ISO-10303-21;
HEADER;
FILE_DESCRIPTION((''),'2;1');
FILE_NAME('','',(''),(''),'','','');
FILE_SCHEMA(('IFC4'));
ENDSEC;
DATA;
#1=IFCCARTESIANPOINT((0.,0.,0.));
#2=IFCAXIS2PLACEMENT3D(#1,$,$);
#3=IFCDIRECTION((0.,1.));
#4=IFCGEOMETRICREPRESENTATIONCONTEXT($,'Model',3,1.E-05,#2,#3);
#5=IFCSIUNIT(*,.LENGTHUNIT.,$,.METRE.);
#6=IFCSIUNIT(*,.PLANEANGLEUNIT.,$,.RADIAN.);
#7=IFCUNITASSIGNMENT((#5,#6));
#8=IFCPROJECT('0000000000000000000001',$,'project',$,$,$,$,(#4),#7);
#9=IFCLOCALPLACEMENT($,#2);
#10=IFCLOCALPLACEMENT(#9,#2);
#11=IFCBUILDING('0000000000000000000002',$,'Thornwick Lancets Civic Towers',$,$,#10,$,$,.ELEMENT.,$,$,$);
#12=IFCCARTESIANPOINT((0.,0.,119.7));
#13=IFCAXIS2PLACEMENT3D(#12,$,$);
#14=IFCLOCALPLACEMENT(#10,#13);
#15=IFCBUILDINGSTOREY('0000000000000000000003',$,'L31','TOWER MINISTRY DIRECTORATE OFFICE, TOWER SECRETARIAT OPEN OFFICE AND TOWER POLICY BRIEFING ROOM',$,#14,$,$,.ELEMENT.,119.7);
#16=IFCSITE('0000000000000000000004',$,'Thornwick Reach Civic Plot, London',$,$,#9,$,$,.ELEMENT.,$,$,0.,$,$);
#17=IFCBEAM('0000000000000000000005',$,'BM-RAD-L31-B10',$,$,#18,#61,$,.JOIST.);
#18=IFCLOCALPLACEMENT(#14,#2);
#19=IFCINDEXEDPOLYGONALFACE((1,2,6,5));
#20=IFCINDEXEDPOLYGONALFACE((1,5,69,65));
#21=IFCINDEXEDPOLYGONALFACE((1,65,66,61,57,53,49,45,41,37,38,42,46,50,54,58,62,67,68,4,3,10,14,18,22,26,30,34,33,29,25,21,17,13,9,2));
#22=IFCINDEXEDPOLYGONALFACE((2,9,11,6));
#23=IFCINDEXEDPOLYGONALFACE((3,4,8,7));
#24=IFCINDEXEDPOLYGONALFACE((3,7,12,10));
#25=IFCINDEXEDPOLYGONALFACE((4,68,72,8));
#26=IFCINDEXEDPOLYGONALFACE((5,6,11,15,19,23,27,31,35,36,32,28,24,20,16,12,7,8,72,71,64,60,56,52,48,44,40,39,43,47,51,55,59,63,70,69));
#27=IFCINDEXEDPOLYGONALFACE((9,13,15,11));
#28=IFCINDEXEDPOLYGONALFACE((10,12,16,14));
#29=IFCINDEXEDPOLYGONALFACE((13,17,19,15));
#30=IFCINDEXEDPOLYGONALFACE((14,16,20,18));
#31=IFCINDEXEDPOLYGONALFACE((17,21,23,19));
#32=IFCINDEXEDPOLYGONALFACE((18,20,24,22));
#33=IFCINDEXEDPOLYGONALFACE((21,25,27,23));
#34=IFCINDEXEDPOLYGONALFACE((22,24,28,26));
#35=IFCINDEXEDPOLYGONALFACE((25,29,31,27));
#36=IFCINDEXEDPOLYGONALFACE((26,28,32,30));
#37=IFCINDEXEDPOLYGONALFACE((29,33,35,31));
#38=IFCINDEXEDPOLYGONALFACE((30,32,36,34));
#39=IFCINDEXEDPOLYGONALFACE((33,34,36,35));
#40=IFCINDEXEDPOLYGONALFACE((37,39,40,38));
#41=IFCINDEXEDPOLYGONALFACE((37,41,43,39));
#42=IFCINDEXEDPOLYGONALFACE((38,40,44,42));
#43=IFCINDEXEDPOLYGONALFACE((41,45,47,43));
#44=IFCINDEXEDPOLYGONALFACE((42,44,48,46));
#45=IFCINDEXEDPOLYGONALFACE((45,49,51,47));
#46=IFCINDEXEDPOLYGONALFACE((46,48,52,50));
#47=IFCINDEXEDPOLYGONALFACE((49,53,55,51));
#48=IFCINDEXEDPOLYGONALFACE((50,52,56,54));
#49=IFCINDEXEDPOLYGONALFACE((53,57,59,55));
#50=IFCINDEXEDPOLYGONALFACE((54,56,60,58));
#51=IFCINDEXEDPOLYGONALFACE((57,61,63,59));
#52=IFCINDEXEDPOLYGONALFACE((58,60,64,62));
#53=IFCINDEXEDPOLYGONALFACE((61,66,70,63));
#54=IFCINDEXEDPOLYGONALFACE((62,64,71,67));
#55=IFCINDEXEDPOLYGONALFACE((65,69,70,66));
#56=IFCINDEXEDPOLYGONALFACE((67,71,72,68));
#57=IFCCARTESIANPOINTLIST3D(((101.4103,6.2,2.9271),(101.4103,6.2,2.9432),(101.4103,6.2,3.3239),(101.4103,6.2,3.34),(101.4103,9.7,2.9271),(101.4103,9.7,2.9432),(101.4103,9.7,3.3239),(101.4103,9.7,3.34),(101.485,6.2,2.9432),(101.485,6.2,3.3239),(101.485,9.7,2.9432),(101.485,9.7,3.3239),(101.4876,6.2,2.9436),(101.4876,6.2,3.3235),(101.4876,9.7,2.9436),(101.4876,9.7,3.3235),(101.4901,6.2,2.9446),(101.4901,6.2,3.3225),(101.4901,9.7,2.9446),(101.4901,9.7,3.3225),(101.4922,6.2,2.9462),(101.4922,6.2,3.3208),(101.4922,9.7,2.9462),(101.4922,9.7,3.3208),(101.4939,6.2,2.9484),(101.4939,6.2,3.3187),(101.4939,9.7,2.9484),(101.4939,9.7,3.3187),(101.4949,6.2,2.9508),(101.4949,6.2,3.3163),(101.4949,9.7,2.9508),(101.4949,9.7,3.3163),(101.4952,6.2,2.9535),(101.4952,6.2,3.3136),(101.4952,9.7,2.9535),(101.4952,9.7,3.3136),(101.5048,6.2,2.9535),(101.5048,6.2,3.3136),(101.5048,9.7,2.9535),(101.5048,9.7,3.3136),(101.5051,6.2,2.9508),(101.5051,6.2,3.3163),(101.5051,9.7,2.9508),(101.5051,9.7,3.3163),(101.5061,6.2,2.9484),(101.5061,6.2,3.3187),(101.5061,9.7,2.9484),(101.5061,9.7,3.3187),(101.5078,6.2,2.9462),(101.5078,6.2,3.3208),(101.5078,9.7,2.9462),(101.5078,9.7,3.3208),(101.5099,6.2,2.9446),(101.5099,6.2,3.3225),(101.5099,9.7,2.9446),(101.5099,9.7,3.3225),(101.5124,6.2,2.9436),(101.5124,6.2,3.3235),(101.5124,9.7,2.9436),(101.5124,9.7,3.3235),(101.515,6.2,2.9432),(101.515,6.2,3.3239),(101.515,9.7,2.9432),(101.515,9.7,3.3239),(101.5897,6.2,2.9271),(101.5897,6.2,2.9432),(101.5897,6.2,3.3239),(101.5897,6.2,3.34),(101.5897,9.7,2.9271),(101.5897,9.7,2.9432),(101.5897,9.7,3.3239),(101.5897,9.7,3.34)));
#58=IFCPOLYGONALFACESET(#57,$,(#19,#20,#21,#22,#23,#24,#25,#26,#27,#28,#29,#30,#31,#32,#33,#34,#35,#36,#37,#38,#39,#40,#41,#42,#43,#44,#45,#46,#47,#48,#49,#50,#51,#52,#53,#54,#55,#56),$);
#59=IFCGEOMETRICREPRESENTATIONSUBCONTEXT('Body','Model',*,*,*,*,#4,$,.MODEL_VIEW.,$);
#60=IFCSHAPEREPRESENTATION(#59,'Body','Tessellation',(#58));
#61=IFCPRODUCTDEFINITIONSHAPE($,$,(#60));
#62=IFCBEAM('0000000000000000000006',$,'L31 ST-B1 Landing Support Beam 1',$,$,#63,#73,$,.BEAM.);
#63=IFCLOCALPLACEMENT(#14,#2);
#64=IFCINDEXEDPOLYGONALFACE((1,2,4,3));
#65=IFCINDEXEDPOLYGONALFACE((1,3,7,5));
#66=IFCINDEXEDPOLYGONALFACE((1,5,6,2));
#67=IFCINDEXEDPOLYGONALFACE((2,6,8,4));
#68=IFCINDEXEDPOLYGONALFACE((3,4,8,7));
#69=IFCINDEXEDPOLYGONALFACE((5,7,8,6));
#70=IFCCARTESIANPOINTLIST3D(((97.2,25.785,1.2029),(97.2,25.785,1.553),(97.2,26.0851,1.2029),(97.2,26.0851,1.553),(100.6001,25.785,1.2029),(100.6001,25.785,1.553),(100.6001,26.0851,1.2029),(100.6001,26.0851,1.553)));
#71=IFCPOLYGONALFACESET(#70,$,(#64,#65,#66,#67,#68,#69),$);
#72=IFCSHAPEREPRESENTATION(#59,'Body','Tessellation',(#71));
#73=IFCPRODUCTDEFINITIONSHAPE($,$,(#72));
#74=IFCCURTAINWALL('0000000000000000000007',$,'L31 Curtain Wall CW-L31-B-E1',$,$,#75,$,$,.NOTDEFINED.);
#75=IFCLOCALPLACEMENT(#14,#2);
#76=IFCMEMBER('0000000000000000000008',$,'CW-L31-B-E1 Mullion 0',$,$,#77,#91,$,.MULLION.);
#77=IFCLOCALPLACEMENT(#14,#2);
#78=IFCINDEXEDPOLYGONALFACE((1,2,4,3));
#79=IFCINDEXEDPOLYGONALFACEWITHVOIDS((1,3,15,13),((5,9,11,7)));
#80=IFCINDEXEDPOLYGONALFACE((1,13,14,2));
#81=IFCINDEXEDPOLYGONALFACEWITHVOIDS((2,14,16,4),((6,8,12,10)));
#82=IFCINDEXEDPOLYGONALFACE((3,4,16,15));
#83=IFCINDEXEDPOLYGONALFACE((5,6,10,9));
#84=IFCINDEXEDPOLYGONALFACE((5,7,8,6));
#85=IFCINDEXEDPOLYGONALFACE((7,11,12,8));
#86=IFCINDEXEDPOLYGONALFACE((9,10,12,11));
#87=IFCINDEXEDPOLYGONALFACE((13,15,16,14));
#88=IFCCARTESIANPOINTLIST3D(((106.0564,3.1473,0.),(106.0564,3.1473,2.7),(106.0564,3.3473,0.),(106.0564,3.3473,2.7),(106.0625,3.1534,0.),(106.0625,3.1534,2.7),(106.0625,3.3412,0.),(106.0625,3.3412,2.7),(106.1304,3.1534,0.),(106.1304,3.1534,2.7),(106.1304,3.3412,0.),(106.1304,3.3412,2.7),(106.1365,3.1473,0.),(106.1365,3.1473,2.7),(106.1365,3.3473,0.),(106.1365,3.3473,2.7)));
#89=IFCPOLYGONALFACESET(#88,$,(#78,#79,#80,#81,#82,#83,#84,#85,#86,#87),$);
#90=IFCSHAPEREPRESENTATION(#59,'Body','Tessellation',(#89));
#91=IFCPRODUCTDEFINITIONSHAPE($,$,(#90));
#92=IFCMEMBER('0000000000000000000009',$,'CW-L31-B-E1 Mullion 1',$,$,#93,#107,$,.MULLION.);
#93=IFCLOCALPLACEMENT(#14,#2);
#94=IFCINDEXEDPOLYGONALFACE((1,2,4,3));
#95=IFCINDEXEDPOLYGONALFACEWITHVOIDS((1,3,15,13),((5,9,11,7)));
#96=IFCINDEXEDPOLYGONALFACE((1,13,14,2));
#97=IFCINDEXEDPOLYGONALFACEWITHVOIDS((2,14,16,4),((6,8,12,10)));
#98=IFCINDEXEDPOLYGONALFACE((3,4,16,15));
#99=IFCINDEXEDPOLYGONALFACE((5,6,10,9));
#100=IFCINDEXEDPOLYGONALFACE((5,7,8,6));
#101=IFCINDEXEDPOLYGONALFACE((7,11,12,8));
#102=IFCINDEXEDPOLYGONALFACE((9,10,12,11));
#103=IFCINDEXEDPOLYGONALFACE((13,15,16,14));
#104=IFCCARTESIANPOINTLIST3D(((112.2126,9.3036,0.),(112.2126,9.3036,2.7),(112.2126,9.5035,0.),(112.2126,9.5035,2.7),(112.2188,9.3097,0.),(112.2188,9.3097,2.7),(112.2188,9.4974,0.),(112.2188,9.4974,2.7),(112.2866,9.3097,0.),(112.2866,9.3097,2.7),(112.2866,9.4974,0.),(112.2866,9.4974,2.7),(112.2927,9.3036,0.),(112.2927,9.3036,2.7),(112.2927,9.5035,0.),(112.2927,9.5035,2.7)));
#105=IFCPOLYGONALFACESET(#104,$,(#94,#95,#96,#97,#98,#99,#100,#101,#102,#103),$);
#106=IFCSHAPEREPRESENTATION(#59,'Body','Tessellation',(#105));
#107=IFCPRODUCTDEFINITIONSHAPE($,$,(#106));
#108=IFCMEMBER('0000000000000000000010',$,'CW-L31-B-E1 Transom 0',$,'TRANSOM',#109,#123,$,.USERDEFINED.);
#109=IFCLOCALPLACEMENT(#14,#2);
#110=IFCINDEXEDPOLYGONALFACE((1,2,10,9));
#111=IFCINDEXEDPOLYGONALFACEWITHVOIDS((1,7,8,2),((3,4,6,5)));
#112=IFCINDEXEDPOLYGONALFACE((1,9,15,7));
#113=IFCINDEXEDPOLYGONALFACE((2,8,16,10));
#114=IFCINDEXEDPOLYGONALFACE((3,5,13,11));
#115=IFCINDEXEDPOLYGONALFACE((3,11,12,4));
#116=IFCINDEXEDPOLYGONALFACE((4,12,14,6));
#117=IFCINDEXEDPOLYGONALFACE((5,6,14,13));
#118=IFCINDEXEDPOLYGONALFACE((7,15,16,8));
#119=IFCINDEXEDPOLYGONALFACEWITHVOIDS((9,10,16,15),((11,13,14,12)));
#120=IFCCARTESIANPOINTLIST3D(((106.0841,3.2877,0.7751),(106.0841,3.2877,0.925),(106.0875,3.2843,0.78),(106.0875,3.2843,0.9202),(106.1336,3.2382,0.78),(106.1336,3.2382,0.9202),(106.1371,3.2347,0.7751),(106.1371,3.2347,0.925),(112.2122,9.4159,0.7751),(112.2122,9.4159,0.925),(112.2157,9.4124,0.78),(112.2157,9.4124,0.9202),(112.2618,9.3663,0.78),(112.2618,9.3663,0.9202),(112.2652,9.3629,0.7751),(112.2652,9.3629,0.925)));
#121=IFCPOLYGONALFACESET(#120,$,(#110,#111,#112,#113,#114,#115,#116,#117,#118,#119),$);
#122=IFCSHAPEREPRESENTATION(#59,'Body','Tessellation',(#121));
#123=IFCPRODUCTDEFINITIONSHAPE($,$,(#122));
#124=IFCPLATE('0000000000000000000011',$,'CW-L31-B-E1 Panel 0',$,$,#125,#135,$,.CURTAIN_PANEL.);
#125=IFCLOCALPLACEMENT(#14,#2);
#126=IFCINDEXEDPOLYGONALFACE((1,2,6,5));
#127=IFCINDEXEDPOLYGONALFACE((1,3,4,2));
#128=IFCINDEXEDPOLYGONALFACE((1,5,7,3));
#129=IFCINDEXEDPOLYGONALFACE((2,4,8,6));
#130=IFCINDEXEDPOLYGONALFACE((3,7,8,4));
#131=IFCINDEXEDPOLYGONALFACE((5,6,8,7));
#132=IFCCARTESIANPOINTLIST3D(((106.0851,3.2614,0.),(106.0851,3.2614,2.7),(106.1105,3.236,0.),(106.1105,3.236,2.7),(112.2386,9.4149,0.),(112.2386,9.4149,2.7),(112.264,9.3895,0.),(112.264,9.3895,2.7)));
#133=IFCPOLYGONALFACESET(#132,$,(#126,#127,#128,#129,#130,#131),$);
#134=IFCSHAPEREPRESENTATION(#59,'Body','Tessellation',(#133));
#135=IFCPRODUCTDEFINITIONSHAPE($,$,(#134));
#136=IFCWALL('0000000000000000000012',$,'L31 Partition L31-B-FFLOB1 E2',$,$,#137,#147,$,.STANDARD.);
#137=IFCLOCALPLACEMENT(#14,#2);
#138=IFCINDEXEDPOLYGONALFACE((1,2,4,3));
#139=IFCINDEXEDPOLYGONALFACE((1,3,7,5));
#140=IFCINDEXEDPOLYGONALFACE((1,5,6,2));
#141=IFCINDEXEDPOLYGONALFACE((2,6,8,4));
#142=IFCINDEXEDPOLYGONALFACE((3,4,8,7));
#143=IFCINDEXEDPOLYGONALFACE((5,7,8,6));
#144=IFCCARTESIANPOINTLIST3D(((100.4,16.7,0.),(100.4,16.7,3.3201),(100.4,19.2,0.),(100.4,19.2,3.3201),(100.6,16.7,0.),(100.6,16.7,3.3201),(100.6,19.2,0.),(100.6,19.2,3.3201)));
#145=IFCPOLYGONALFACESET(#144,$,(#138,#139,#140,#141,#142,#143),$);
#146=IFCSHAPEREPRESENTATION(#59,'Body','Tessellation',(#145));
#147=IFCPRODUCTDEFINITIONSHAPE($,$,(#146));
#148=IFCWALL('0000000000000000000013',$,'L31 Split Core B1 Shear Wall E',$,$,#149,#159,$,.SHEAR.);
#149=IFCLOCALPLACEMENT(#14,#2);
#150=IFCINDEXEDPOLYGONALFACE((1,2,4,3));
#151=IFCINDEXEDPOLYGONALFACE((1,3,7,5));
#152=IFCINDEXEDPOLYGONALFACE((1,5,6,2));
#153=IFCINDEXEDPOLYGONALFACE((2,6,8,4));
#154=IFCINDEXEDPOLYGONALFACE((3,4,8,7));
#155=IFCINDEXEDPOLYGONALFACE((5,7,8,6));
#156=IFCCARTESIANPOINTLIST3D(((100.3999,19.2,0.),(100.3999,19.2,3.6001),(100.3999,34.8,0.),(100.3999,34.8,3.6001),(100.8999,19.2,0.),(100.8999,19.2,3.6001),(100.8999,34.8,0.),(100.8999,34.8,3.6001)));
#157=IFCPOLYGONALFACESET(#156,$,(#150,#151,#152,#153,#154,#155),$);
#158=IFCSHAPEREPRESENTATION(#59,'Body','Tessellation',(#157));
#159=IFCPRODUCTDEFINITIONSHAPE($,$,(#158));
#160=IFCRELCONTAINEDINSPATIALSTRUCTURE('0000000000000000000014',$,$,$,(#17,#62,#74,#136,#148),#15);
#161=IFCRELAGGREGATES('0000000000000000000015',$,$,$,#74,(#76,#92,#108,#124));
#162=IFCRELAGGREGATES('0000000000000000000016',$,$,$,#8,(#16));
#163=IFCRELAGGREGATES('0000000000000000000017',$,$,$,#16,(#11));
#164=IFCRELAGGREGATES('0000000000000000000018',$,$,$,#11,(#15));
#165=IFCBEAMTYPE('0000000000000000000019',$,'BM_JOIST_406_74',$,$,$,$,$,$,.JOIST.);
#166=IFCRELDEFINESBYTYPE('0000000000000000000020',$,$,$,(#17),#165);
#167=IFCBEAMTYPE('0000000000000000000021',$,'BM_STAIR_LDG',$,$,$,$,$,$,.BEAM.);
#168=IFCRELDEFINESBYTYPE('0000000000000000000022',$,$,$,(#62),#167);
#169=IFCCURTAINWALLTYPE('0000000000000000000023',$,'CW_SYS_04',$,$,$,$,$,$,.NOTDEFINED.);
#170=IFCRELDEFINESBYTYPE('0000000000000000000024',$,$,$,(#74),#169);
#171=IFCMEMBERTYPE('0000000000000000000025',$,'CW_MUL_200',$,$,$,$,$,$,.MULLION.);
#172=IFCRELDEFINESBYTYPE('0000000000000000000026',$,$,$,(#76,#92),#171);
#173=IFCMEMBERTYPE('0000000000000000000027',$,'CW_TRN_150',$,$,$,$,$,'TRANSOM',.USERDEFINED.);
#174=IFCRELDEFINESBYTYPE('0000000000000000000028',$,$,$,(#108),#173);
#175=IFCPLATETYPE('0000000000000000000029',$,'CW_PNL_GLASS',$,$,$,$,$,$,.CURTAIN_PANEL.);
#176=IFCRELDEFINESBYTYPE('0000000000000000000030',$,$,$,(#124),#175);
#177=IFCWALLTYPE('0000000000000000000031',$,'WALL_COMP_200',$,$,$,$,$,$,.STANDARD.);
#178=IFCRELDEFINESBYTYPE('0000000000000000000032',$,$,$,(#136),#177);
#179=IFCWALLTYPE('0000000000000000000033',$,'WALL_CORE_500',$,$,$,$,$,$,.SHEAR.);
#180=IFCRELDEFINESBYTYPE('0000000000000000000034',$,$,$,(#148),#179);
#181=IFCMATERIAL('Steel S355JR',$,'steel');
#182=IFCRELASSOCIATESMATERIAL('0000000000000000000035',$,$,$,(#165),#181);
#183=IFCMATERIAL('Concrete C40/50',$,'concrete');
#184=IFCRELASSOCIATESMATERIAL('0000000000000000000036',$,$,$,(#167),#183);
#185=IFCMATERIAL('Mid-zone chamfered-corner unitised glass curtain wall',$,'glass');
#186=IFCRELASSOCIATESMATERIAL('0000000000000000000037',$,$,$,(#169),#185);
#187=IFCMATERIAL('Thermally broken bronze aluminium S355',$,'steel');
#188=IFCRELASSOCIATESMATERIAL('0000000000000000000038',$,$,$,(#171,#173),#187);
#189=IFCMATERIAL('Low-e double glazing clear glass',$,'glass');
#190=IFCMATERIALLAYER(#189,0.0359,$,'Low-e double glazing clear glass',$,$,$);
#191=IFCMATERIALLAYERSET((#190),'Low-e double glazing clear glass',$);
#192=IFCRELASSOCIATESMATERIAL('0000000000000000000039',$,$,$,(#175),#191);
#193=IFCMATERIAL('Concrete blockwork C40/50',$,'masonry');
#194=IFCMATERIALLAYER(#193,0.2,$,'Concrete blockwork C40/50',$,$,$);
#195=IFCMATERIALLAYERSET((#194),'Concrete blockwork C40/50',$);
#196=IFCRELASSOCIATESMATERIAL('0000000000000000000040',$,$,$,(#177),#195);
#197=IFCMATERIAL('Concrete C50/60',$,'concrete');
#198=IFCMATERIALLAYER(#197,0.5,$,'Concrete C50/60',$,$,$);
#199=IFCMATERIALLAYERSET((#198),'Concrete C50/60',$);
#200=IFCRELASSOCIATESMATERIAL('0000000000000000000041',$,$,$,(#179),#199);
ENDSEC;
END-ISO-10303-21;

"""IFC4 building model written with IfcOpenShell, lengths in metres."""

from ifc_helpers import new_model, si_unit, direction, frame, frame_2d, origin, origin_2d, place, context, subcontext, project, spatial, rectangle, hollow_rectangle, i_section, extrude, material, layer, layer_set, material_profile, profile_set, type_object, element, aggregate, save


model = new_model("IFC4")

# Units and contexts
model_context = context("Model", 3, precision=1e-05, world=origin(), true_north=direction((0.0, 1.0)))
body_context = subcontext(model_context, "Body", "Model", "MODEL_VIEW")
ifc_project = project(units=[si_unit("LENGTHUNIT", "METRE"), si_unit("PLANEANGLEUNIT", "RADIAN")], contexts=[model_context])

# Site, building, storey
site_placement = place(None, origin())
site = spatial("IfcSite", under=ifc_project, at=site_placement, Name="Thornwick Reach Civic Plot, London", CompositionType="ELEMENT", RefElevation=0.0)
building_placement = place(site_placement, origin())
building = spatial("IfcBuilding", under=site, at=building_placement, Name="Thornwick Lancets Civic Towers", CompositionType="ELEMENT")
storey_placement = place(building_placement, frame((0.0, 0.0, 119.7)))
storey = spatial("IfcBuildingStorey", under=building, at=storey_placement, Name="L31", Description="TOWER MINISTRY DIRECTORATE OFFICE, TOWER SECRETARIAT OPEN OFFICE AND TOWER POLICY BRIEFING ROOM", CompositionType="ELEMENT", Elevation=119.7)

# Beams
ifc_material_1 = material(Name="Steel S355JR", Category="steel")
ifc_material_profile_1 = material_profile(ifc_material_1, i_section(OverallWidth=0.1794, OverallDepth=0.4128, WebThickness=0.0095, FlangeThickness=0.0161, FilletRadius=0.0103, at=origin_2d()), Name="UKB 406x178x74")
ifc_profile_set_1 = profile_set([ifc_material_profile_1], Name="Steel S355JR")
beam_type_1 = type_object("IfcBeamType", Name="BM_JOIST_406_74", PredefinedType="JOIST", material=ifc_profile_set_1)
for number, where, z_axis, x_axis, name in (
    (1, (101.5, 9.7, 3.1335), (0.0, -1.0, 0.0), (1.0, 0.0, 0.0), "BM-RAD-L31-B10"),
):
    element("IfcBeam", number, at=place(storey_placement, frame(where, z_axis=z_axis, x_axis=x_axis)), inside=storey, type_object=beam_type_1, Name=name, PredefinedType="JOIST", context=body_context, shape_type="SweptSolid", body=[
        extrude(i_section(OverallWidth=0.1794, OverallDepth=0.4128, WebThickness=0.0095, FlangeThickness=0.0161, FilletRadius=0.0103, at=origin_2d()), origin(), (0.0, 0.0, 1.0), 3.5),
    ])
ifc_material_2 = material(Name="Concrete C40/50", Category="concrete")
ifc_material_profile_2 = material_profile(ifc_material_2, rectangle(XDim=0.3, YDim=0.3501, at=origin_2d()), Name="RC 300x350")
ifc_profile_set_2 = profile_set([ifc_material_profile_2], Name="Concrete C40/50")
beam_type_2 = type_object("IfcBeamType", Name="BM_STAIR_LDG", PredefinedType="BEAM", material=ifc_profile_set_2)
beam_placement = place(storey_placement, frame((100.6001, 25.9351, 1.3779), z_axis=(-1.0, 0.0, 0.0), x_axis=(0.0, -1.0, 0.0)))
element("IfcBeam", 2, at=beam_placement, inside=storey, type_object=beam_type_2, Name="L31 ST-B1 Landing Support Beam 1", PredefinedType="BEAM", context=body_context, shape_type="SweptSolid", body=[
    extrude(rectangle(XDim=0.3, YDim=0.3501, at=origin_2d()), origin(), (0.0, 0.0, 1.0), 3.4001),
])

# Curtain wall, members, plate
ifc_material_3 = material(Name="Mid-zone chamfered-corner unitised glass curtain wall", Category="glass")
curtain_wall_type = type_object("IfcCurtainWallType", Name="CW_SYS_04", PredefinedType="NOTDEFINED", material=ifc_material_3)
curtain_wall_placement = place(storey_placement, origin())
curtain_wall = element("IfcCurtainWall", 3, at=curtain_wall_placement, inside=storey, type_object=curtain_wall_type, Name="L31 Curtain Wall CW-L31-B-E1", PredefinedType="NOTDEFINED")
ifc_material_4 = material(Name="Thermally broken bronze aluminium S355", Category="steel")
ifc_material_profile_3 = material_profile(ifc_material_4, hollow_rectangle(XDim=0.0801, YDim=0.2, WallThickness=0.0061, at=origin_2d()), Name="RHS 200x80x6")
ifc_profile_set_3 = profile_set([ifc_material_profile_3], Name="Thermally broken bronze aluminium S355")
member_type_1 = type_object("IfcMemberType", Name="CW_MUL_200", PredefinedType="MULLION", material=ifc_profile_set_3)
member_1_placement = place(storey_placement, frame((106.0964, 3.2473, 0.0), z_axis=(0.0, 0.0, 1.0), x_axis=(1.0, 0.0, 0.0)))
member_1 = element("IfcMember", 4, at=member_1_placement, type_object=member_type_1, Name="CW-L31-B-E1 Mullion 0", PredefinedType="MULLION", context=body_context, shape_type="SweptSolid", body=[
    extrude(hollow_rectangle(XDim=0.0801, YDim=0.2, WallThickness=0.0061, at=origin_2d()), origin(), (0.0, 0.0, 1.0), 2.7),
])
member_2_placement = place(storey_placement, frame((112.2527, 9.4036, 0.0), z_axis=(0.0, 0.0, 1.0), x_axis=(1.0, 0.0, 0.0)))
member_2 = element("IfcMember", 5, at=member_2_placement, type_object=member_type_1, Name="CW-L31-B-E1 Mullion 1", PredefinedType="MULLION", context=body_context, shape_type="SweptSolid", body=[
    extrude(hollow_rectangle(XDim=0.0801, YDim=0.2, WallThickness=0.0061, at=origin_2d()), origin(), (0.0, 0.0, 1.0), 2.7),
])
ifc_material_profile_4 = material_profile(ifc_material_4, hollow_rectangle(XDim=0.075, YDim=0.1499, WallThickness=0.0049, at=origin_2d()), Name="RHS 150x75x5")
ifc_profile_set_4 = profile_set([ifc_material_profile_4], Name="Thermally broken bronze aluminium S355")
member_type_2 = type_object("IfcMemberType", Name="CW_TRN_150", ElementType="TRANSOM", PredefinedType="USERDEFINED", material=ifc_profile_set_4)
member_3_placement = place(storey_placement, frame((106.1106, 3.2612, 0.8501), z_axis=(0.707107, 0.707107, 0.0), x_axis=(-0.707107, 0.707107, 0.0)))
member_3 = element("IfcMember", 6, at=member_3_placement, type_object=member_type_2, Name="CW-L31-B-E1 Transom 0", ObjectType="TRANSOM", PredefinedType="USERDEFINED", context=body_context, shape_type="SweptSolid", body=[
    extrude(hollow_rectangle(XDim=0.075, YDim=0.1499, WallThickness=0.0049, at=origin_2d()), origin(), (0.0, 0.0, 1.0), 8.6665),
])
ifc_material_5 = material(Name="Low-e double glazing clear glass", Category="glass")
ifc_layer_1 = layer(ifc_material_5, 0.0359, Name="Low-e double glazing clear glass")
ifc_layer_set_1 = layer_set([ifc_layer_1], Name="Low-e double glazing clear glass")
plate_type = type_object("IfcPlateType", Name="CW_PNL_GLASS", PredefinedType="CURTAIN_PANEL", material=ifc_layer_set_1)
plate_placement = place(storey_placement, frame((109.1746, 6.3254, 0.0), z_axis=(0.0, 0.0, 1.0), x_axis=(0.707107, 0.707107, 0.0)))
plate = element("IfcPlate", 7, at=plate_placement, type_object=plate_type, Name="CW-L31-B-E1 Panel 0", PredefinedType="CURTAIN_PANEL", context=body_context, shape_type="SweptSolid", body=[
    extrude(rectangle(XDim=8.7024, YDim=0.0359, at=origin_2d()), origin(), (0.0, 0.0, 1.0), 2.7),
])
aggregate(curtain_wall, [member_1, member_2, member_3, plate])

# Walls
ifc_material_6 = material(Name="Concrete blockwork C40/50", Category="masonry")
ifc_layer_2 = layer(ifc_material_6, 0.2, Name="Concrete blockwork C40/50")
ifc_layer_set_2 = layer_set([ifc_layer_2], Name="Concrete blockwork C40/50")
wall_type_1 = type_object("IfcWallType", Name="WALL_COMP_200", PredefinedType="STANDARD", material=ifc_layer_set_2)
wall_1_placement = place(storey_placement, frame((100.5, 16.7, 0.0), z_axis=(0.0, 0.0, 1.0), x_axis=(0.0, 1.0, 0.0)))
element("IfcWall", 8, at=wall_1_placement, inside=storey, type_object=wall_type_1, Name="L31 Partition L31-B-FFLOB1 E2", PredefinedType="STANDARD", context=body_context, shape_type="SweptSolid", body=[
    extrude(rectangle(XDim=2.5, YDim=0.2, at=frame_2d((1.25, 0.0))), origin(), (0.0, 0.0, 1.0), 3.3201),
])
ifc_material_7 = material(Name="Concrete C50/60", Category="concrete")
ifc_layer_3 = layer(ifc_material_7, 0.5, Name="Concrete C50/60")
ifc_layer_set_3 = layer_set([ifc_layer_3], Name="Concrete C50/60")
wall_type_2 = type_object("IfcWallType", Name="WALL_CORE_500", PredefinedType="SHEAR", material=ifc_layer_set_3)
wall_2_placement = place(storey_placement, frame((100.6499, 19.2, 0.0), z_axis=(0.0, 0.0, 1.0), x_axis=(0.0, 1.0, 0.0)))
element("IfcWall", 9, at=wall_2_placement, inside=storey, type_object=wall_type_2, Name="L31 Split Core B1 Shear Wall E", PredefinedType="SHEAR", context=body_context, shape_type="SweptSolid", body=[
    extrude(rectangle(XDim=15.6001, YDim=0.5, at=frame_2d((7.8, 0.0))), origin(), (0.0, 0.0, 1.0), 3.6001),
])

save(model, "model.ifc")
